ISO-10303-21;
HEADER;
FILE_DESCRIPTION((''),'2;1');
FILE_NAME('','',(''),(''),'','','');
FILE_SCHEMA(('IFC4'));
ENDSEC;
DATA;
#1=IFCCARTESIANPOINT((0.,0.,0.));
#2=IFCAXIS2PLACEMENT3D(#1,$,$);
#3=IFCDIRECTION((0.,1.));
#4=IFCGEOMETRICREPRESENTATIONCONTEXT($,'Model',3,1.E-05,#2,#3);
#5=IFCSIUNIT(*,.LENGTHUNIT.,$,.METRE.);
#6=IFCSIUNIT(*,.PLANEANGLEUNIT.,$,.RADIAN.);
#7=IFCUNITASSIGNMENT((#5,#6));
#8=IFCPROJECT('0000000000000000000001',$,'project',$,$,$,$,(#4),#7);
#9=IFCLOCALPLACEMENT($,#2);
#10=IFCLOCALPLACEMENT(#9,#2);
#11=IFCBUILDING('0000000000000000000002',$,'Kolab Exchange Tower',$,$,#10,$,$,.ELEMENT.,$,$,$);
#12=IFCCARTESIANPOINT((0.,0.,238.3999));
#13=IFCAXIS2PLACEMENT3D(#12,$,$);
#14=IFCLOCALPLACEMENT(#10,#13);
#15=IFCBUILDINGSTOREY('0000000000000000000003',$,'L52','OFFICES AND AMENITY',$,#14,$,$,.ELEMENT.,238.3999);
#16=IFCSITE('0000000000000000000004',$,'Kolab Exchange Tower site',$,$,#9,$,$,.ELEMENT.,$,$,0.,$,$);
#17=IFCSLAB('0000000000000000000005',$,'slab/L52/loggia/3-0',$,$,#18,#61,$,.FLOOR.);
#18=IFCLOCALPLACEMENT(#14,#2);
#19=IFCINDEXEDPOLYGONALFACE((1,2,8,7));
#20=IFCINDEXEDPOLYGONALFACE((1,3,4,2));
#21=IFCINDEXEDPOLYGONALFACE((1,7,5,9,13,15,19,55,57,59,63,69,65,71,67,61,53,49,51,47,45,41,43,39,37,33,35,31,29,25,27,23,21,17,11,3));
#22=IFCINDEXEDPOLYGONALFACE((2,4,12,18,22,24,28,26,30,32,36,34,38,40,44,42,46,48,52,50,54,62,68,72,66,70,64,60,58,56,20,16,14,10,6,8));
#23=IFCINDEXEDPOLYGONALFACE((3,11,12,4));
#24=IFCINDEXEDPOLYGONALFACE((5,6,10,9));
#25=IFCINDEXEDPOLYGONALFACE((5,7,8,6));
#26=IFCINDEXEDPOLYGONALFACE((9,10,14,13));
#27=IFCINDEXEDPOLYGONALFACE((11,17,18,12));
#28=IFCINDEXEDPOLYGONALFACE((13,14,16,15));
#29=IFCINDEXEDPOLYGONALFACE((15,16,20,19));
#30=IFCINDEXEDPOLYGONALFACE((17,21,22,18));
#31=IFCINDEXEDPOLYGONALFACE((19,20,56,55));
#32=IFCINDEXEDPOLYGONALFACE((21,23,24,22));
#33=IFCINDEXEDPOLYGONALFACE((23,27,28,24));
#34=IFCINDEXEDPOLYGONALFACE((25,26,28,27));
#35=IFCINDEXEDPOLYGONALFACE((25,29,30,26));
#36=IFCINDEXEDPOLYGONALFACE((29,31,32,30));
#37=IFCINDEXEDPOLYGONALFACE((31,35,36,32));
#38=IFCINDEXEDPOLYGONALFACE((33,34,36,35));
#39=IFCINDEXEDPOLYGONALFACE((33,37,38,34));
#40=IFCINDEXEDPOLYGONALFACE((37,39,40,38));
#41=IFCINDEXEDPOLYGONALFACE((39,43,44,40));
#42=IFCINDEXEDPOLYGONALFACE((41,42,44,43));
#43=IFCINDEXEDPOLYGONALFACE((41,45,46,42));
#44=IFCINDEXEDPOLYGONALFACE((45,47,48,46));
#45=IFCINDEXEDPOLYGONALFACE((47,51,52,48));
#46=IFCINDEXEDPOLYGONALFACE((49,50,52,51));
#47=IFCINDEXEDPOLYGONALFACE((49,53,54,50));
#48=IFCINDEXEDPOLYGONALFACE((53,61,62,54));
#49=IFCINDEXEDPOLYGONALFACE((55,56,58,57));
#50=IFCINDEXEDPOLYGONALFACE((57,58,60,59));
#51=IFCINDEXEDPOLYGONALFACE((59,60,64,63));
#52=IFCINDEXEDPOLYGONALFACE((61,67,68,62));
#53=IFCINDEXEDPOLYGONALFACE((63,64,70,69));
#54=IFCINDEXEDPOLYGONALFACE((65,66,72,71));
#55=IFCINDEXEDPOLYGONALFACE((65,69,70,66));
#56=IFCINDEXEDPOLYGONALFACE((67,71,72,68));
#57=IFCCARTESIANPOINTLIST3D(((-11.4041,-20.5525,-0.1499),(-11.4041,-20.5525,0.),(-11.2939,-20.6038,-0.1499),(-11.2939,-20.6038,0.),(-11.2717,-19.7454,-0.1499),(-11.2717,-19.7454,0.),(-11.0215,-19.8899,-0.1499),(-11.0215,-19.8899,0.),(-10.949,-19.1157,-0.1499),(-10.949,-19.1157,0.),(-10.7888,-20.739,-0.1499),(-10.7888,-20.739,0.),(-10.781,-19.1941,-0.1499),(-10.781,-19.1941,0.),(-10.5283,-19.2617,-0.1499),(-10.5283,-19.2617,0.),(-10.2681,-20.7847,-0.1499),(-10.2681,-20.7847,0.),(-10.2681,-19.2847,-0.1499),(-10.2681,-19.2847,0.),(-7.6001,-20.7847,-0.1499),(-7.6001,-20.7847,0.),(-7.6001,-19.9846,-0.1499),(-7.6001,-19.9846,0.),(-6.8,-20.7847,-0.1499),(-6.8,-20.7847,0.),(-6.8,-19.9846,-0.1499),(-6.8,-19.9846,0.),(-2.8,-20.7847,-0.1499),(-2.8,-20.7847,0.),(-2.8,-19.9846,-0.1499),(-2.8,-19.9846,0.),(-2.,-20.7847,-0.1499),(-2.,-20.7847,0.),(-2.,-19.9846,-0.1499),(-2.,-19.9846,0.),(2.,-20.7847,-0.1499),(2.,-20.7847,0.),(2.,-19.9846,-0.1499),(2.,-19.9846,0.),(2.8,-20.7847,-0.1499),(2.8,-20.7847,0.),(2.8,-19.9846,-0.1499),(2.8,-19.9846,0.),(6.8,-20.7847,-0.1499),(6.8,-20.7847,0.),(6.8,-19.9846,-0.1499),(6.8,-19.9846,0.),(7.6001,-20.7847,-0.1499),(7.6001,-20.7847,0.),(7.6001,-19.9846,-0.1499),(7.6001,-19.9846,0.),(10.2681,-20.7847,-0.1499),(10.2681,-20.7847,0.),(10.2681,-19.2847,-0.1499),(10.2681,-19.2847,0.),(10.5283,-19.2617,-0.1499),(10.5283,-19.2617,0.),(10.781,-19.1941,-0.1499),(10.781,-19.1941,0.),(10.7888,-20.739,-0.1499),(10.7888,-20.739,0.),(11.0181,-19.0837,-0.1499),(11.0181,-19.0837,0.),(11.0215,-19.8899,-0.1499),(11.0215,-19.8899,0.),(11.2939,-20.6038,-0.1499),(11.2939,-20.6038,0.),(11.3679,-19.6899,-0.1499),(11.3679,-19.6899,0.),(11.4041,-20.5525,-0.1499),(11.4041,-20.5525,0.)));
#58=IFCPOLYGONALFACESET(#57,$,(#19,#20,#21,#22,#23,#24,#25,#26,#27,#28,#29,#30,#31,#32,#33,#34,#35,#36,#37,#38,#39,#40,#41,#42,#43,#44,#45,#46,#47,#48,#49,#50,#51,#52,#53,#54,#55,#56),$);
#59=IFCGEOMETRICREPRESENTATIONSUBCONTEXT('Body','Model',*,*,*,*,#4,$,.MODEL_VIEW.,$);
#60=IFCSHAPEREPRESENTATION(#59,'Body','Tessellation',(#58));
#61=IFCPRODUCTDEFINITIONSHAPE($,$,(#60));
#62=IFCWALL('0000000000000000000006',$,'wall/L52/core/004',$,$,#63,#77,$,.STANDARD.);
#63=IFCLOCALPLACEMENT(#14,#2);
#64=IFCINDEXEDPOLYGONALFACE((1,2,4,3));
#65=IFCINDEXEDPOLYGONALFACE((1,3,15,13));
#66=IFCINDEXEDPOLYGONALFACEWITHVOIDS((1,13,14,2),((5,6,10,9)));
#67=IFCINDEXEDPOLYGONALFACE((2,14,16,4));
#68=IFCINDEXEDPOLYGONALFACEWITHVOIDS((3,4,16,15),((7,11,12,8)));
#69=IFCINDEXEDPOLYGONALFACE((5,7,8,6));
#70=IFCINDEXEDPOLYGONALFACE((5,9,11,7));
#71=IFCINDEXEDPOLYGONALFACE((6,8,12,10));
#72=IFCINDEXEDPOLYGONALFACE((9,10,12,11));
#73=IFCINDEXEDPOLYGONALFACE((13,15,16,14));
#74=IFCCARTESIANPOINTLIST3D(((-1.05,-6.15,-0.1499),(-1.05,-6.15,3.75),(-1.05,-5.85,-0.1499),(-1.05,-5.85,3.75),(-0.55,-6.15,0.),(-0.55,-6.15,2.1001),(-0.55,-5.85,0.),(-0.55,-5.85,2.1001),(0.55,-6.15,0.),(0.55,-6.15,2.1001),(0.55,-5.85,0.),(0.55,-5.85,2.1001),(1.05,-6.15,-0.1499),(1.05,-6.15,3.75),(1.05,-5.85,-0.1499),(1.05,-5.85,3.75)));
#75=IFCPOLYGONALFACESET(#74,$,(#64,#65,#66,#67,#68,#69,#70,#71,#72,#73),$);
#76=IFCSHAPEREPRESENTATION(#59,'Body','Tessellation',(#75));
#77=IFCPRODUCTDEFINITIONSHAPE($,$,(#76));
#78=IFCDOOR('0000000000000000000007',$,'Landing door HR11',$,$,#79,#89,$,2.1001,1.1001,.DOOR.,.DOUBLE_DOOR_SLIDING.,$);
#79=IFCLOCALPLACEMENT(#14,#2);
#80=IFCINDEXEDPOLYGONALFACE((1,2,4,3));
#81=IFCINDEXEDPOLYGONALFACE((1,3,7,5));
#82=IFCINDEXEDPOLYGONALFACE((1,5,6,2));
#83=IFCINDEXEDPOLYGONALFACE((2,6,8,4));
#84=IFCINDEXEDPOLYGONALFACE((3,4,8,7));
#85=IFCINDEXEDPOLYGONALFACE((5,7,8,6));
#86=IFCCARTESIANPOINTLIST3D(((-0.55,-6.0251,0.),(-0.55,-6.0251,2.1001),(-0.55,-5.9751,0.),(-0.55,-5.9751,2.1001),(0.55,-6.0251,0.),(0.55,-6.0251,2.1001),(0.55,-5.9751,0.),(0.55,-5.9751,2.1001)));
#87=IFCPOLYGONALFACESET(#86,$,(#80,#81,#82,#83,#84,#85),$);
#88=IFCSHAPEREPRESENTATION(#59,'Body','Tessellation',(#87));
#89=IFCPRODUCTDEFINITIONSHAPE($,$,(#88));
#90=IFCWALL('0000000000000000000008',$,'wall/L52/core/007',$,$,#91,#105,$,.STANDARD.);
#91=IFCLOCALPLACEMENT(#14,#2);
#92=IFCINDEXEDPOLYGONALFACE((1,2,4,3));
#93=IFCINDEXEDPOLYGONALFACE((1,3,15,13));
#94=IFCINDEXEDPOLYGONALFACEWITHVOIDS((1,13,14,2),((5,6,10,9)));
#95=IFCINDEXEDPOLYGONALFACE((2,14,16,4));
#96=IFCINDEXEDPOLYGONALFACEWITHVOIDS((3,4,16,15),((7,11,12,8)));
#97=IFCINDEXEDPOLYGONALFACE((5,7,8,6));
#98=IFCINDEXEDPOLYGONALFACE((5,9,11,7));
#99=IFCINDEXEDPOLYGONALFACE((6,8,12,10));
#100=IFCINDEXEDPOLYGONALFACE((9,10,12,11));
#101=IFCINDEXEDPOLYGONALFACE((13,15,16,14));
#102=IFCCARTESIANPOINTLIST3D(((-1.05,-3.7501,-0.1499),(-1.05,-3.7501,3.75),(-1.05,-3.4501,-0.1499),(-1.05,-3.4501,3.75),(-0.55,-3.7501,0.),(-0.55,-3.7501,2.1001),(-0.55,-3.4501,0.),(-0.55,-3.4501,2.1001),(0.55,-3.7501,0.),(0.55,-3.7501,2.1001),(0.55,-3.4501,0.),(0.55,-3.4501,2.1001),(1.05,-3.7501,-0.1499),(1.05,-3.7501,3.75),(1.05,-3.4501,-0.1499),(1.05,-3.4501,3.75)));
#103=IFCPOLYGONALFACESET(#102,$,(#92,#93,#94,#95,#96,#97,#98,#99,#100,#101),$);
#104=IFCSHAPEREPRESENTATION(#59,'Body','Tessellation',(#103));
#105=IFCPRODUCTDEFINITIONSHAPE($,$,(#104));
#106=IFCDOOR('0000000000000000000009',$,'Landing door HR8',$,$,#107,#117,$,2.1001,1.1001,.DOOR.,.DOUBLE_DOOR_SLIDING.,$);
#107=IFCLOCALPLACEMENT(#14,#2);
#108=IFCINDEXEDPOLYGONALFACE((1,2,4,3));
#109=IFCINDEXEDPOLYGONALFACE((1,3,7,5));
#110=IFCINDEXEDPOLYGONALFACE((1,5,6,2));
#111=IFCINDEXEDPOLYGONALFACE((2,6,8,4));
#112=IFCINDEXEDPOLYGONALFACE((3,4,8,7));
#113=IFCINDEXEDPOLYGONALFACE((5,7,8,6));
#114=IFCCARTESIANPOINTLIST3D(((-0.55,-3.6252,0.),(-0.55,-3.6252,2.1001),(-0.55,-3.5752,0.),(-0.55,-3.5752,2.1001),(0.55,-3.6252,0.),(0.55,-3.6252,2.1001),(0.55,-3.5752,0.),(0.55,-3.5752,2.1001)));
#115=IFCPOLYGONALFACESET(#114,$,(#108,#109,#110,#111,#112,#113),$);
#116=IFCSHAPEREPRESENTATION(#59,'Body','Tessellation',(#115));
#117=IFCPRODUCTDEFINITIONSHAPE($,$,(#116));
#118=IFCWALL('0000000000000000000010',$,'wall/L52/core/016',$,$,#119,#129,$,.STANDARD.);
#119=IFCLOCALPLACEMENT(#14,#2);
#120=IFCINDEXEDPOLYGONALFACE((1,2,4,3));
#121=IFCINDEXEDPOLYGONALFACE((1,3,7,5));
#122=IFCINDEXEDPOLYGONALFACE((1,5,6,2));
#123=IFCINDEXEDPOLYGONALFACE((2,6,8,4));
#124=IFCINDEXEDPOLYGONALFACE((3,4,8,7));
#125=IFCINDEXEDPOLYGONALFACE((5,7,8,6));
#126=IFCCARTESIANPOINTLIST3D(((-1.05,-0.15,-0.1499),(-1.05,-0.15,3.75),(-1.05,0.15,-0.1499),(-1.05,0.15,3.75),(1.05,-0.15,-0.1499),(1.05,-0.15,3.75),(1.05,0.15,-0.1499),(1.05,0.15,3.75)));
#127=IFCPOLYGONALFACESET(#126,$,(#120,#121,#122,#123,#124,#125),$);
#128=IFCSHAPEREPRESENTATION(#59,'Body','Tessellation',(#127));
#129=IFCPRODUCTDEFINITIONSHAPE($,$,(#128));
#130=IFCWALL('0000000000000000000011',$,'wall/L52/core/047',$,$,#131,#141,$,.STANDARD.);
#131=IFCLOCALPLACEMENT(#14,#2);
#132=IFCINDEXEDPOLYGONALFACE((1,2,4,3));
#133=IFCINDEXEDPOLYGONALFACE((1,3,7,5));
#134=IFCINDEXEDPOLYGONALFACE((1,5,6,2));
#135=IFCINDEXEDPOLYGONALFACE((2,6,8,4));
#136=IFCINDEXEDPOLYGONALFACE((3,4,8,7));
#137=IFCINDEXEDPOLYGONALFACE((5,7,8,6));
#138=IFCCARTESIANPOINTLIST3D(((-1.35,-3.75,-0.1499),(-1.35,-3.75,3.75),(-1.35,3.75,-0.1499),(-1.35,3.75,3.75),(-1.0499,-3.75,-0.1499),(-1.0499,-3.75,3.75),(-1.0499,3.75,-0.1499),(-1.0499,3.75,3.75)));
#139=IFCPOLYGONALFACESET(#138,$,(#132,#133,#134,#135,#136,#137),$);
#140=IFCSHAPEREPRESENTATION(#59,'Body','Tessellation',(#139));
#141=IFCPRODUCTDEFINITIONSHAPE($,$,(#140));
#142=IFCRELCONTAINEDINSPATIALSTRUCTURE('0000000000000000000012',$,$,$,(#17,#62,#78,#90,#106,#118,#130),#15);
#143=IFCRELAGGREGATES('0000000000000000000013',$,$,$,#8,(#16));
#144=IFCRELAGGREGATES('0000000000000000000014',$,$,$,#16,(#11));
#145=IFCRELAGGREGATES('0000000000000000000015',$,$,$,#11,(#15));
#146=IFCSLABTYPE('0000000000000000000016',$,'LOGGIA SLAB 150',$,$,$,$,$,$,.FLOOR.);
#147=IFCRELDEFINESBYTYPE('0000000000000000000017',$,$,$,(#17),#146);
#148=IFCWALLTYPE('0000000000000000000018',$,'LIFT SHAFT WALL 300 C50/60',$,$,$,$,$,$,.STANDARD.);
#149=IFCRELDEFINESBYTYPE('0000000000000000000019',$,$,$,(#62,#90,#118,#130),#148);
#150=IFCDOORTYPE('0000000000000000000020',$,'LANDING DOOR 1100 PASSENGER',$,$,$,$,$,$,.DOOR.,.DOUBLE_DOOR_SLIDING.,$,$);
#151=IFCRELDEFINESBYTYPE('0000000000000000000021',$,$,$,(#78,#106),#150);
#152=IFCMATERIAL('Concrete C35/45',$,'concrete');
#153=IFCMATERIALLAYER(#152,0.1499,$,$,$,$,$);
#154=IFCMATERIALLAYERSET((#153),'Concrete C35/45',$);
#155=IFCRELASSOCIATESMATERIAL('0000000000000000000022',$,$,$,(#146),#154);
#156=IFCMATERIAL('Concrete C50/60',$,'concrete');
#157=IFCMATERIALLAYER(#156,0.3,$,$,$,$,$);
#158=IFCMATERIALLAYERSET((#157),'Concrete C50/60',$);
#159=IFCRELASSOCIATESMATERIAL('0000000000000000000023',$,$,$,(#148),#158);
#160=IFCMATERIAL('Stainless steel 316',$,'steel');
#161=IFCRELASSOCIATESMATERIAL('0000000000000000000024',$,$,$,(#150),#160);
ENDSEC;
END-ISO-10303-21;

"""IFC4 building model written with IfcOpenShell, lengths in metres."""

from ifc_helpers import new_model, si_unit, direction, frame, frame_2d, origin, place, context, subcontext, project, spatial, polyline, rectangle, outline, extrude, material, layer, layer_set, type_object, element, fill, save


model = new_model("IFC4")

# Units and contexts
model_context = context("Model", 3, precision=1e-05, world=origin(), true_north=direction((0.0, 1.0)))
body_context = subcontext(model_context, "Body", "Model", "MODEL_VIEW")
ifc_project = project(units=[si_unit("LENGTHUNIT", "METRE"), si_unit("PLANEANGLEUNIT", "RADIAN")], contexts=[model_context])

# Site, building, storey
site_placement = place(None, origin())
site = spatial("IfcSite", under=ifc_project, at=site_placement, Name="Kolab Exchange Tower site", CompositionType="ELEMENT", RefElevation=0.0)
building_placement = place(site_placement, origin())
building = spatial("IfcBuilding", under=site, at=building_placement, Name="Kolab Exchange Tower", CompositionType="ELEMENT")
storey_placement = place(building_placement, frame((0.0, 0.0, 238.3999)))
storey = spatial("IfcBuildingStorey", under=building, at=storey_placement, Name="L52", Description="OFFICES AND AMENITY", CompositionType="ELEMENT", Elevation=238.3999)

# Slab
ifc_material_1 = material(Name="Concrete C35/45", Category="concrete")
ifc_layer_1 = layer(ifc_material_1, 0.1499)
ifc_layer_set_1 = layer_set([ifc_layer_1], Name="Concrete C35/45")
slab_type_1 = type_object("IfcSlabType", Name="LOGGIA SLAB 150", PredefinedType="FLOOR", material=ifc_layer_set_1)
slab_1_placement = place(storey_placement, frame((0.0, 0.0, -0.1499)))
element("IfcSlab", 1, at=slab_1_placement, inside=storey, type_object=slab_type_1, Name="slab/L52/loggia/3-0", PredefinedType="FLOOR", context=body_context, shape_type="SweptSolid", body=[
    extrude(outline(polyline([(-10.781, -19.1941), (-10.949, -19.1157), (-11.2717, -19.7454), (-11.0215, -19.8899), (-11.4041, -20.5525), (-11.2939, -20.6038), (-10.7888, -20.739), (-10.2681, -20.7847), (-7.6001, -20.7847), (-7.6001, -19.9846), (-6.8, -19.9846), (-6.8, -20.7847), (-2.8, -20.7847), (-2.8, -19.9846), (-2.0, -19.9846), (-2.0, -20.7847), (2.0, -20.7847), (2.0, -19.9846), (2.8, -19.9846), (2.8, -20.7847), (6.8, -20.7847), (6.8, -19.9846), (7.6001, -19.9846), (7.6001, -20.7847), (10.2681, -20.7847), (10.7888, -20.739), (11.2939, -20.6038), (11.4041, -20.5525), (11.0215, -19.8899), (11.3679, -19.6899), (11.0181, -19.0837), (10.781, -19.1941), (10.5283, -19.2617), (10.2681, -19.2847), (-10.2681, -19.2847), (-10.5283, -19.2617), (-10.781, -19.1941)])), origin(), (0.0, 0.0, 1.0), 0.1499),
])

# Walls, openings, doors
ifc_material_2 = material(Name="Concrete C50/60", Category="concrete")
ifc_layer_2 = layer(ifc_material_2, 0.3)
ifc_layer_set_2 = layer_set([ifc_layer_2], Name="Concrete C50/60")
wall_type = type_object("IfcWallType", Name="LIFT SHAFT WALL 300 C50/60", PredefinedType="STANDARD", material=ifc_layer_set_2)
wall_1_placement = place(storey_placement, frame((-1.05, -6.0, -0.1499), z_axis=(0.0, 0.0, 1.0), x_axis=(1.0, 0.0, 0.0)))
wall_1 = element("IfcWall", 2, at=wall_1_placement, inside=storey, type_object=wall_type, Name="wall/L52/core/004", PredefinedType="STANDARD", context=body_context, shape_type="SweptSolid", body=[
    extrude(rectangle(XDim=2.1001, YDim=0.3, at=frame_2d((1.05, 0.0))), origin(), (0.0, 0.0, 1.0), 3.8999),
])
opening_1_placement = place(wall_1_placement, frame((0.5, 0.0, 0.1499)))
opening_1 = element("IfcOpeningElement", 3, at=opening_1_placement, cuts=wall_1, PredefinedType="OPENING", context=body_context, shape_type="SweptSolid", body=[
    extrude(rectangle(XDim=1.1001, YDim=2.1001, at=frame_2d((0.55, 1.05))), frame((0.0, 0.1602, 0.0), z_axis=(0.0, -1.0, 0.0), x_axis=(1.0, 0.0, 0.0)), (0.0, 0.0, 1.0), 0.3201),
])
ifc_material_3 = material(Name="Stainless steel 316", Category="steel")
door_type = type_object("IfcDoorType", Name="LANDING DOOR 1100 PASSENGER", OperationType="DOUBLE_DOOR_SLIDING", PredefinedType="DOOR", material=ifc_material_3)
door_1_placement = place(opening_1_placement, origin())
door_1 = element("IfcDoor", 4, at=door_1_placement, inside=storey, type_object=door_type, Name="Landing door HR11", OperationType="DOUBLE_DOOR_SLIDING", OverallHeight=2.1001, OverallWidth=1.1001, PredefinedType="DOOR", context=body_context, shape_type="SweptSolid", body=[
    extrude(rectangle(XDim=1.1001, YDim=2.1001, at=frame_2d((0.55, 1.05))), frame((0.0, 0.0249, 0.0), z_axis=(0.0, -1.0, 0.0), x_axis=(1.0, 0.0, 0.0)), (0.0, 0.0, 1.0), 0.05),
])
fill(opening_1, door_1)
wall_2_placement = place(storey_placement, frame((-1.05, -3.6001, -0.1499), z_axis=(0.0, 0.0, 1.0), x_axis=(1.0, 0.0, 0.0)))
wall_2 = element("IfcWall", 5, at=wall_2_placement, inside=storey, type_object=wall_type, Name="wall/L52/core/007", PredefinedType="STANDARD", context=body_context, shape_type="SweptSolid", body=[
    extrude(rectangle(XDim=2.1001, YDim=0.3, at=frame_2d((1.05, 0.0))), origin(), (0.0, 0.0, 1.0), 3.8999),
])
opening_2_placement = place(wall_2_placement, frame((0.5, 0.0, 0.1499)))
opening_2 = element("IfcOpeningElement", 6, at=opening_2_placement, cuts=wall_2, PredefinedType="OPENING", context=body_context, shape_type="SweptSolid", body=[
    extrude(rectangle(XDim=1.1001, YDim=2.1001, at=frame_2d((0.55, 1.05))), frame((0.0, 0.1602, 0.0), z_axis=(0.0, -1.0, 0.0), x_axis=(1.0, 0.0, 0.0)), (0.0, 0.0, 1.0), 0.3201),
])
door_2_placement = place(opening_2_placement, origin())
door_2 = element("IfcDoor", 7, at=door_2_placement, inside=storey, type_object=door_type, Name="Landing door HR8", OperationType="DOUBLE_DOOR_SLIDING", OverallHeight=2.1001, OverallWidth=1.1001, PredefinedType="DOOR", context=body_context, shape_type="SweptSolid", body=[
    extrude(rectangle(XDim=1.1001, YDim=2.1001, at=frame_2d((0.55, 1.05))), frame((0.0, 0.0249, 0.0), z_axis=(0.0, -1.0, 0.0), x_axis=(1.0, 0.0, 0.0)), (0.0, 0.0, 1.0), 0.05),
])
fill(opening_2, door_2)

# Walls
wall_3_placement = place(storey_placement, frame((-1.05, 0.0, -0.1499), z_axis=(0.0, 0.0, 1.0), x_axis=(1.0, 0.0, 0.0)))
element("IfcWall", 8, at=wall_3_placement, inside=storey, type_object=wall_type, Name="wall/L52/core/016", PredefinedType="STANDARD", context=body_context, shape_type="SweptSolid", body=[
    extrude(rectangle(XDim=2.1001, YDim=0.3, at=frame_2d((1.05, 0.0))), origin(), (0.0, 0.0, 1.0), 3.8999),
])
wall_4_placement = place(storey_placement, frame((-1.2, -3.75, -0.1499), z_axis=(0.0, 0.0, 1.0), x_axis=(0.0, 1.0, 0.0)))
element("IfcWall", 9, at=wall_4_placement, inside=storey, type_object=wall_type, Name="wall/L52/core/047", PredefinedType="STANDARD", context=body_context, shape_type="SweptSolid", body=[
    extrude(rectangle(XDim=7.5, YDim=0.3, at=frame_2d((3.75, 0.0))), origin(), (0.0, 0.0, 1.0), 3.8999),
])

save(model, "model.ifc")
